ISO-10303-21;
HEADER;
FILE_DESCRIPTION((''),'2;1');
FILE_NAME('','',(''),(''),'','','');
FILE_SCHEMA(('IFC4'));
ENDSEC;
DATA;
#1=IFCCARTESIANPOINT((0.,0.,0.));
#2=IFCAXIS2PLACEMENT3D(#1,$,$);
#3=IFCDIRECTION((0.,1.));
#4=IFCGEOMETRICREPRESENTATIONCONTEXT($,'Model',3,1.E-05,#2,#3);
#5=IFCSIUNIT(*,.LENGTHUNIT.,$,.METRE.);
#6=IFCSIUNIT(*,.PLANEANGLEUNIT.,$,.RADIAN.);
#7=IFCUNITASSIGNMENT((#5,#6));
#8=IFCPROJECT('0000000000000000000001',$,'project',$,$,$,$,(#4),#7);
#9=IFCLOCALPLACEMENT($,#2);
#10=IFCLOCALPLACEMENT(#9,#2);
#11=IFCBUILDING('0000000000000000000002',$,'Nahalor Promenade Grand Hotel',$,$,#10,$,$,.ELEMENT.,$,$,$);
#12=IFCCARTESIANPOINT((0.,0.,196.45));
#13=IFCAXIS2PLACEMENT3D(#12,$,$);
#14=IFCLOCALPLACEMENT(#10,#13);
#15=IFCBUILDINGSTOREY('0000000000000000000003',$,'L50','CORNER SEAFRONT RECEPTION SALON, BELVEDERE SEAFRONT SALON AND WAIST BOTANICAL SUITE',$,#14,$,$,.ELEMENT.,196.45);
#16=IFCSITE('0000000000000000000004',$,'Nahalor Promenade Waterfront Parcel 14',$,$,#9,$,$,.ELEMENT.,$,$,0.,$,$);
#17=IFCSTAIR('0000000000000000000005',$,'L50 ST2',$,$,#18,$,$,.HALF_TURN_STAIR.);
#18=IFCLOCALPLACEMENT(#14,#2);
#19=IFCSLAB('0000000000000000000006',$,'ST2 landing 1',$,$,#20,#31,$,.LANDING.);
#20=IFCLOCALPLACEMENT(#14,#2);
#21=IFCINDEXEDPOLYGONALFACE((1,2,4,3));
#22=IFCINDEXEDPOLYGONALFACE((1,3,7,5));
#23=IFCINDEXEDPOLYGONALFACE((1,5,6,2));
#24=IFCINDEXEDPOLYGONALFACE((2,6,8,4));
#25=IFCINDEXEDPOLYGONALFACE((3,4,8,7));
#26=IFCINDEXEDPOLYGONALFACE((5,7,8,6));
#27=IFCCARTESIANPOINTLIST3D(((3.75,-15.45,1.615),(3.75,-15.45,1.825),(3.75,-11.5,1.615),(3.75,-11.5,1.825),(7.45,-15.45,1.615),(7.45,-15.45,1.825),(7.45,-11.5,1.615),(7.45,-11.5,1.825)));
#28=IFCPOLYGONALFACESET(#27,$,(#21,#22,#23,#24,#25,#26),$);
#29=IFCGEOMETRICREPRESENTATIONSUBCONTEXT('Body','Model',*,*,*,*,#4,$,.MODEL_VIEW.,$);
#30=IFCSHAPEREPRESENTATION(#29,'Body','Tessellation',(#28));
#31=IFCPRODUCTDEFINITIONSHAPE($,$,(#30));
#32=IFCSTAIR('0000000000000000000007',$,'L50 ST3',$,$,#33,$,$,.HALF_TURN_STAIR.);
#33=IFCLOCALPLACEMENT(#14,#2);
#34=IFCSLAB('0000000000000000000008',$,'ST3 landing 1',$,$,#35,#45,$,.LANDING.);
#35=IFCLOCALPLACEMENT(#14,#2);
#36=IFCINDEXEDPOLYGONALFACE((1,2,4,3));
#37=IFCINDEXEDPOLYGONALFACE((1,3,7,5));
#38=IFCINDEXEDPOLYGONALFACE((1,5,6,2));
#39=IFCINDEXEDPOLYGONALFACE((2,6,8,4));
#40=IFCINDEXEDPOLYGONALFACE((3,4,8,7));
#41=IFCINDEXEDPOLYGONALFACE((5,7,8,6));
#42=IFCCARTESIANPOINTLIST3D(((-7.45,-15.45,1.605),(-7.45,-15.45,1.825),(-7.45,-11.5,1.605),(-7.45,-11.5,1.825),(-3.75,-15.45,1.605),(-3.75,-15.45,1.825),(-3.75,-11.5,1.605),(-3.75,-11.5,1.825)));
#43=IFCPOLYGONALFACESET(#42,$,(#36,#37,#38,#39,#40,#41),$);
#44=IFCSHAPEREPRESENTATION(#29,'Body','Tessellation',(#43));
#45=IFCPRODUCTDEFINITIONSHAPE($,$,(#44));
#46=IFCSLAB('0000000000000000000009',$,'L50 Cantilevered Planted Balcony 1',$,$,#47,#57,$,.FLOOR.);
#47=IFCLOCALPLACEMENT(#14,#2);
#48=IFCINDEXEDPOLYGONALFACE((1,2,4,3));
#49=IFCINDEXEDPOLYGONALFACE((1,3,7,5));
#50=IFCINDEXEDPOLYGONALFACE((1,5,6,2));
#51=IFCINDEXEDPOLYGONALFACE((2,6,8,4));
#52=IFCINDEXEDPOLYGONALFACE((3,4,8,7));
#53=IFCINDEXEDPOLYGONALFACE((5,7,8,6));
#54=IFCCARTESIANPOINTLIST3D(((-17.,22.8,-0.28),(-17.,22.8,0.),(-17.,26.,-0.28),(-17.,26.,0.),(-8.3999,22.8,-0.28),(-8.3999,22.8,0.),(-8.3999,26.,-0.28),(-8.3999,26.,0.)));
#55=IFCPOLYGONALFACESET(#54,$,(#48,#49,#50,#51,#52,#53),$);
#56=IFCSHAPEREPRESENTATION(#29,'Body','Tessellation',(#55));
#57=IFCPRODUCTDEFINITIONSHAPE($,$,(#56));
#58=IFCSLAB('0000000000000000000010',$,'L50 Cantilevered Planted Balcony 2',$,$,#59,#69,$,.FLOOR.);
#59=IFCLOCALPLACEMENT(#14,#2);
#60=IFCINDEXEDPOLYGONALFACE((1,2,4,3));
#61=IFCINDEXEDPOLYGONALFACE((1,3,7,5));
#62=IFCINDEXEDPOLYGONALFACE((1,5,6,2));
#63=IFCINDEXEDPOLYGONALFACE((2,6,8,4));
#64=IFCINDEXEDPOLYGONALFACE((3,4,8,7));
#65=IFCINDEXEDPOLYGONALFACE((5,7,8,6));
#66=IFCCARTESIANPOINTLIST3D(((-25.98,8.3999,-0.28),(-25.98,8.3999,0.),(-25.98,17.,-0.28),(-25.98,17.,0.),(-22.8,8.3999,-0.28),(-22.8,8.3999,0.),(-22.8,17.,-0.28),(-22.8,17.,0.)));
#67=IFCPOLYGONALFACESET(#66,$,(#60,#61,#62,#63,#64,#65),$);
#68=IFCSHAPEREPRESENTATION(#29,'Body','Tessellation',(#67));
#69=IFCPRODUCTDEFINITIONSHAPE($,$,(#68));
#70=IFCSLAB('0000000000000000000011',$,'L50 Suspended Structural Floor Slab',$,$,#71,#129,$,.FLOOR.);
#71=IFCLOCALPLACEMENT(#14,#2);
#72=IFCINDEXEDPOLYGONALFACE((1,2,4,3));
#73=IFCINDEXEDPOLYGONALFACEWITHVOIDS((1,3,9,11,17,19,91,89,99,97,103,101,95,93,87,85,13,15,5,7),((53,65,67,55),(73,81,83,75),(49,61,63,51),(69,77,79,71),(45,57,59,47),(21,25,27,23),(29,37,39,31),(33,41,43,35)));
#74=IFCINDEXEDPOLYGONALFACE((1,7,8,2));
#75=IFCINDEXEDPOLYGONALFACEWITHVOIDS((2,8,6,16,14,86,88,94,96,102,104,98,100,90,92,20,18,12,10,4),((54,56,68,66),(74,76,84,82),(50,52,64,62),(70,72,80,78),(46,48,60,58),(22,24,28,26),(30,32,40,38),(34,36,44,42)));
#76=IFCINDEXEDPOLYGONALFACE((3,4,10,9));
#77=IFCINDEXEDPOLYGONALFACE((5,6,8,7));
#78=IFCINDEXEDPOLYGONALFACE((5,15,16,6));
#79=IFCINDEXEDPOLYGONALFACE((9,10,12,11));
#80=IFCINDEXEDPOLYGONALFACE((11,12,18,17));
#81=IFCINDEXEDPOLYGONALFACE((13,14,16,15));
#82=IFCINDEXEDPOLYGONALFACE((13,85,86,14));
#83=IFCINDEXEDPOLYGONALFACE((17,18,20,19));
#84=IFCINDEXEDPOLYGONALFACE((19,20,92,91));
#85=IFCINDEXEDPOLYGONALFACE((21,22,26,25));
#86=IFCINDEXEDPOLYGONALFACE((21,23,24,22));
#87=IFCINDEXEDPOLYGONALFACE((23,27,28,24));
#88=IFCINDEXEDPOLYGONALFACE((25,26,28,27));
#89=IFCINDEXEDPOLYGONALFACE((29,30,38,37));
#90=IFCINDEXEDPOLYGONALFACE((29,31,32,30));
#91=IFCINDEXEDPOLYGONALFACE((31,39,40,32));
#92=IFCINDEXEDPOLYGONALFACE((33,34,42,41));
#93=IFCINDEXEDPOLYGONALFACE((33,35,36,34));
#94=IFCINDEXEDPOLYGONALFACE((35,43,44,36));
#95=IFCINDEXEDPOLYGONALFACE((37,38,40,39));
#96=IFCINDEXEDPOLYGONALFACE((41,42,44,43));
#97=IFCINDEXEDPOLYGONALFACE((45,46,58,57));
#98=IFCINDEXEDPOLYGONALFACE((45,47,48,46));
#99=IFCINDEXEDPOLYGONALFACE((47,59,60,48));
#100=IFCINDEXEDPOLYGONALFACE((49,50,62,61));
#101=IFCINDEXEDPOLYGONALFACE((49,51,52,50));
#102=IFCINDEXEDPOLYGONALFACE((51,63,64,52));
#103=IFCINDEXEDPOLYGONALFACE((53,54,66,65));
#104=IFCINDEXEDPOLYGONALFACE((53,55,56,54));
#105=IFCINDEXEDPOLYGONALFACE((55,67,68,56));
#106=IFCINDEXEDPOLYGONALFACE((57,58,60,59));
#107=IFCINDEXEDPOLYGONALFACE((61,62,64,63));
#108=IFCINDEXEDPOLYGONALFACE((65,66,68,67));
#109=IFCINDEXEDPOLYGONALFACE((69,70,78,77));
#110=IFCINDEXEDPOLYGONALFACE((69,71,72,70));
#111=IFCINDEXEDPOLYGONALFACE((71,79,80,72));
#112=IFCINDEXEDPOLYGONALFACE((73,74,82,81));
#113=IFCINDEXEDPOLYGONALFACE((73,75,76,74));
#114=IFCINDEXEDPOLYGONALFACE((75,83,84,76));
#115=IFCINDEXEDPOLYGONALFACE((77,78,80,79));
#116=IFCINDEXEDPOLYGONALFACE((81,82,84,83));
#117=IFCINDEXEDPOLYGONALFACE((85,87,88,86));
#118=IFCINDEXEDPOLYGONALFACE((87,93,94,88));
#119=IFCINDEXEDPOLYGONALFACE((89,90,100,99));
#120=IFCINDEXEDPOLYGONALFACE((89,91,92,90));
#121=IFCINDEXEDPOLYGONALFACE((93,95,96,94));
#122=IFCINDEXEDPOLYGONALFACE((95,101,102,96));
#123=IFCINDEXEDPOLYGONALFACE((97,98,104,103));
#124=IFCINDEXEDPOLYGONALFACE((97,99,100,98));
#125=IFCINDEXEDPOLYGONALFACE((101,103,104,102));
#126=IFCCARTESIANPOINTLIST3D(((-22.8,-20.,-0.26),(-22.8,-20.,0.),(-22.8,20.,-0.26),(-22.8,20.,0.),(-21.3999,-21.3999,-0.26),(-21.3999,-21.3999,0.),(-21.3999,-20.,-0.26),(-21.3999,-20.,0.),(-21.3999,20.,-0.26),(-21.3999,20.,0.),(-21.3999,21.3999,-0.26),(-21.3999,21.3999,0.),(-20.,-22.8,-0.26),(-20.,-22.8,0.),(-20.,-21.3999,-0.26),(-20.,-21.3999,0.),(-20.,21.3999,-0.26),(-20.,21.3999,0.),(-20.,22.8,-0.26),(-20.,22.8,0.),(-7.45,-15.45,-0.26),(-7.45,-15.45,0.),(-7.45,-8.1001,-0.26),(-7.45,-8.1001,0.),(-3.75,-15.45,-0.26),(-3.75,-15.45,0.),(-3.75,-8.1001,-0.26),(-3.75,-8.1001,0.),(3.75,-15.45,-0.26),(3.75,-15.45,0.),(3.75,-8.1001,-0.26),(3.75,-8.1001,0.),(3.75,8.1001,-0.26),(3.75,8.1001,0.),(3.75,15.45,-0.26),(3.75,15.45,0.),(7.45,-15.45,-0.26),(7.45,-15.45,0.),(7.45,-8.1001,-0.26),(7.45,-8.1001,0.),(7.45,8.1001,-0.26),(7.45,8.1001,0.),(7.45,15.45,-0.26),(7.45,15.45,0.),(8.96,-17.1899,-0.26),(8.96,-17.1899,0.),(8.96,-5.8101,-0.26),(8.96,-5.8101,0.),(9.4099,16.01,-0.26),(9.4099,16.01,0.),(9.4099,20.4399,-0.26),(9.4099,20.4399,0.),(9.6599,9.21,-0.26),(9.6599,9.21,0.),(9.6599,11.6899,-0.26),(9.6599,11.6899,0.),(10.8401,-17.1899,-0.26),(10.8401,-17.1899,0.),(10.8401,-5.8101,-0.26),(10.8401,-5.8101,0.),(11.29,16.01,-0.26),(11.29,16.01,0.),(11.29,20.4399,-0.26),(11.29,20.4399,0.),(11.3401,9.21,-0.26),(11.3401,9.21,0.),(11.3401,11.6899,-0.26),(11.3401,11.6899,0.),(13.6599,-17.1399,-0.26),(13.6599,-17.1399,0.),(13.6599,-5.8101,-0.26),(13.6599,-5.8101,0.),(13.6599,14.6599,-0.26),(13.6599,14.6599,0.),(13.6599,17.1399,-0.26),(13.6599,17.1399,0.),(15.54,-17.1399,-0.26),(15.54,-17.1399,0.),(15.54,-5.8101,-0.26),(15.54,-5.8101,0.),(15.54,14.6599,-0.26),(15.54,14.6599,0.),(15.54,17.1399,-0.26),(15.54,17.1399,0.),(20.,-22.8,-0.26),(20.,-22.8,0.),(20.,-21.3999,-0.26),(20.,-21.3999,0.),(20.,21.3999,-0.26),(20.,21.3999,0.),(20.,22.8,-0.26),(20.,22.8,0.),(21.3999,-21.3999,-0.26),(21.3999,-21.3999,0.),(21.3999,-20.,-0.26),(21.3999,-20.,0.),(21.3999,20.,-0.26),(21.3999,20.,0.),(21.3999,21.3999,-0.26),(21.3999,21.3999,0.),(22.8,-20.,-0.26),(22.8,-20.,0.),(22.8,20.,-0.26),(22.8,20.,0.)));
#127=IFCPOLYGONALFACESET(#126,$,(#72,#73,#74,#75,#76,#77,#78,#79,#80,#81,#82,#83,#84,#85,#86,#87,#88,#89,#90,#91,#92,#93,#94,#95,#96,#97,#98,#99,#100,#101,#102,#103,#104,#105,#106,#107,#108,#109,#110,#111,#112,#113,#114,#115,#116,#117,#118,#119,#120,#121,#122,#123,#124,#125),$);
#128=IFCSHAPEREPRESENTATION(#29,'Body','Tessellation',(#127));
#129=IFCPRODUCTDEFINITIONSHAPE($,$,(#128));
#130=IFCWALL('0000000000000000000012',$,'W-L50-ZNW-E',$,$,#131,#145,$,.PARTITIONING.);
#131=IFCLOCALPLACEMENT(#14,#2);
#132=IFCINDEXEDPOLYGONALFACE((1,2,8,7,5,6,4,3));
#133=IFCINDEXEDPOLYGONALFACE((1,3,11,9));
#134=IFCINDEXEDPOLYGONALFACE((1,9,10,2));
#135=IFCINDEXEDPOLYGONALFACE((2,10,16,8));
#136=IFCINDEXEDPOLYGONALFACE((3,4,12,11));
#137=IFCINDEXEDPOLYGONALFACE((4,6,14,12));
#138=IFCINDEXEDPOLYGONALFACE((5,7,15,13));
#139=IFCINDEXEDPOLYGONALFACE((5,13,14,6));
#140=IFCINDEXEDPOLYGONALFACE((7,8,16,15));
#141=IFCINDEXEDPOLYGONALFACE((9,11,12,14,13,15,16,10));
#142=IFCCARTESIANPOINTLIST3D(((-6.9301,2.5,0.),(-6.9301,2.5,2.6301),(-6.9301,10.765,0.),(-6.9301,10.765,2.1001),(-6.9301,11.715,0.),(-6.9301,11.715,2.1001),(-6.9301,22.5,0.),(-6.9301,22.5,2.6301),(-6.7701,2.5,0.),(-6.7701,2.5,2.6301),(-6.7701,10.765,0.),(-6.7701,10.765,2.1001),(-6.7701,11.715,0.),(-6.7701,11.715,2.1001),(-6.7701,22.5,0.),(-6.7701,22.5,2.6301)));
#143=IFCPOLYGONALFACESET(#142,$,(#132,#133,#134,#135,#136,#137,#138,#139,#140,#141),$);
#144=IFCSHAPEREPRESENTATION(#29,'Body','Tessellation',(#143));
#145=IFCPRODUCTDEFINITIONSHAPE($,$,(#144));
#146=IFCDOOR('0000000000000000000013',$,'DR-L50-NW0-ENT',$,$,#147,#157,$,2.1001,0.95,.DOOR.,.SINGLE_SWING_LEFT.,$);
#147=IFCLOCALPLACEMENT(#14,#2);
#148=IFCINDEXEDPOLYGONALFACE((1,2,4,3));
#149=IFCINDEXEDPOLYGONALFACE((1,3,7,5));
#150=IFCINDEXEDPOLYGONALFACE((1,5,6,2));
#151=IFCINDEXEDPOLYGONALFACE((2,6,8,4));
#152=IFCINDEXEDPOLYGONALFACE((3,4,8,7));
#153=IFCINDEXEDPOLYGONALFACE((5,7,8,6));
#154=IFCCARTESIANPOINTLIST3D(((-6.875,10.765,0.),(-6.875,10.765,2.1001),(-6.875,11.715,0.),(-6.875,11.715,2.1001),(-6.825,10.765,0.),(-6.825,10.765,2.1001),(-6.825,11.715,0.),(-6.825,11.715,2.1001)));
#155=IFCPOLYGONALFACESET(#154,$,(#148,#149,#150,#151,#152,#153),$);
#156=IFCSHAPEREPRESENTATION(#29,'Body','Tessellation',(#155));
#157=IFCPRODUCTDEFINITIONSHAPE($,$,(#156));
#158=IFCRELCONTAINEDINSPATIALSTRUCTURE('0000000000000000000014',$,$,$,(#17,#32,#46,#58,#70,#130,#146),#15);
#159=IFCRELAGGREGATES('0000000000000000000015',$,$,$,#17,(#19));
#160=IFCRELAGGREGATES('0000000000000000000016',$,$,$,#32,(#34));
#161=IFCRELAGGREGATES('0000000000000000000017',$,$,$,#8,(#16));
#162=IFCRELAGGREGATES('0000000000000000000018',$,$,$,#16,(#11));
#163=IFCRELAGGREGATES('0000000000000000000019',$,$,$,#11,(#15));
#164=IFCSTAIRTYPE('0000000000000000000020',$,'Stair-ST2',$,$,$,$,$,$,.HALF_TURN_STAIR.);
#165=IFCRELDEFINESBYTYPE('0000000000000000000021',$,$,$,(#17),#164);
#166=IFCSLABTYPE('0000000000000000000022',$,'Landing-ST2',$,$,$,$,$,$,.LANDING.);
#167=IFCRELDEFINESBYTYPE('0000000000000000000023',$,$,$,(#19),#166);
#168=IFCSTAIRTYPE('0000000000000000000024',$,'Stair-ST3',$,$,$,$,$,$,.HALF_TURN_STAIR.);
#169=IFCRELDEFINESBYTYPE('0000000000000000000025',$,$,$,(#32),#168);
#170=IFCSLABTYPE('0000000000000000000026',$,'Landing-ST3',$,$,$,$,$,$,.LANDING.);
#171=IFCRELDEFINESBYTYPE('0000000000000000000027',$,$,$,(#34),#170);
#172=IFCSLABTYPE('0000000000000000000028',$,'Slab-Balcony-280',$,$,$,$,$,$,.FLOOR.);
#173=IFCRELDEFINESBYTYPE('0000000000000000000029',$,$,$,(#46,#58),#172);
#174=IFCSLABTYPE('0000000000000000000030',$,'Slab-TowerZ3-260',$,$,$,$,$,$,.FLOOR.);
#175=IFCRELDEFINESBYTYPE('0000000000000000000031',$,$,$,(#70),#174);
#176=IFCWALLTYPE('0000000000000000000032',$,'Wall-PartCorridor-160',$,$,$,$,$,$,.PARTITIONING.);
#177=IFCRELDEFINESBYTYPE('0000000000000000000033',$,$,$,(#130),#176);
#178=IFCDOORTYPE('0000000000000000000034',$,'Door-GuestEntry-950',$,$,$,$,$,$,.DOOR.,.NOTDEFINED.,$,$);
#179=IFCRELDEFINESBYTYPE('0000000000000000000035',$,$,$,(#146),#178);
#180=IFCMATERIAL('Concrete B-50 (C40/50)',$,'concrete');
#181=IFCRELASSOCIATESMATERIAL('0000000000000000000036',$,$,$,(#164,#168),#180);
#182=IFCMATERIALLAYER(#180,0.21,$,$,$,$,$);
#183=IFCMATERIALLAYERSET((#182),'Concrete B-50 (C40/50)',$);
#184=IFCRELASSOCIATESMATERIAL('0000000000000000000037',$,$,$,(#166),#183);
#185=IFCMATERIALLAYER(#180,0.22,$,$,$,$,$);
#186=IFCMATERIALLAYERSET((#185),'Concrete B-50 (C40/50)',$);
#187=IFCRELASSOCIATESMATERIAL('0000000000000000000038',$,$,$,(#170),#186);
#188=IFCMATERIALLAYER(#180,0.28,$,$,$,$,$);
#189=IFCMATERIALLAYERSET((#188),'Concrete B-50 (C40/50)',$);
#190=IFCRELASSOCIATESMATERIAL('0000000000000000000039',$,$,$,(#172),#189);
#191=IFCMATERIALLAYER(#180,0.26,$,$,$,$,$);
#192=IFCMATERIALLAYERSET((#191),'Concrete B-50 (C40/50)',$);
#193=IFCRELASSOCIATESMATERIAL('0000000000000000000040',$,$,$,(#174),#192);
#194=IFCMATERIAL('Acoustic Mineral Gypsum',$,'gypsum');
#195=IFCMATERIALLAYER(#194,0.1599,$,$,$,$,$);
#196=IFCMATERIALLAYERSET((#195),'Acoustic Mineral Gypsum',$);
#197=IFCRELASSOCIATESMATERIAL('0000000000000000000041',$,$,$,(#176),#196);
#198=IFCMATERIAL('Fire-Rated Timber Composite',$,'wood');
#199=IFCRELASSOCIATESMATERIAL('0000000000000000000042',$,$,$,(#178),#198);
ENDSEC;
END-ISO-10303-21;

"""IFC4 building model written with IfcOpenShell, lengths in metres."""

from ifc_helpers import new_model, si_unit, direction, frame, frame_2d, origin, place, context, subcontext, project, spatial, polyline, rectangle, outline, extrude, source, transform, mapped, material, layer, layer_set, type_object, element, fill, aggregate, save


model = new_model("IFC4")

# Units and contexts
model_context = context("Model", 3, precision=1e-05, world=origin(), true_north=direction((0.0, 1.0)))
body_context = subcontext(model_context, "Body", "Model", "MODEL_VIEW")
ifc_project = project(units=[si_unit("LENGTHUNIT", "METRE"), si_unit("PLANEANGLEUNIT", "RADIAN")], contexts=[model_context])

# Site, building, storey
site_placement = place(None, origin())
site = spatial("IfcSite", under=ifc_project, at=site_placement, Name="Nahalor Promenade Waterfront Parcel 14", CompositionType="ELEMENT", RefElevation=0.0)
building_placement = place(site_placement, origin())
building = spatial("IfcBuilding", under=site, at=building_placement, Name="Nahalor Promenade Grand Hotel", CompositionType="ELEMENT")
storey_placement = place(building_placement, frame((0.0, 0.0, 196.45)))
storey = spatial("IfcBuildingStorey", under=building, at=storey_placement, Name="L50", Description="CORNER SEAFRONT RECEPTION SALON, BELVEDERE SEAFRONT SALON AND WAIST BOTANICAL SUITE", CompositionType="ELEMENT", Elevation=196.45)

# Stairs, slabs
ifc_material_1 = material(Name="Concrete B-50 (C40/50)", Category="concrete")
stair_type_1 = type_object("IfcStairType", Name="Stair-ST2", PredefinedType="HALF_TURN_STAIR", material=ifc_material_1)
stair_1_placement = place(storey_placement, origin())
stair_1 = element("IfcStair", 1, at=stair_1_placement, inside=storey, type_object=stair_type_1, Name="L50 ST2", PredefinedType="HALF_TURN_STAIR")
ifc_layer_1 = layer(ifc_material_1, 0.21)
ifc_layer_set_1 = layer_set([ifc_layer_1], Name="Concrete B-50 (C40/50)")
slab_type_1 = type_object("IfcSlabType", Name="Landing-ST2", PredefinedType="LANDING", material=ifc_layer_set_1)
slab_1_placement = place(storey_placement, frame((0.0, 0.0, 1.615)))
slab_1 = element("IfcSlab", 2, at=slab_1_placement, type_object=slab_type_1, Name="ST2 landing 1", PredefinedType="LANDING", context=body_context, shape_type="SweptSolid", body=[
    extrude(outline(polyline([(3.75, -11.5), (3.75, -15.45), (7.45, -15.45), (7.45, -11.5), (3.75, -11.5)])), origin(), (0.0, 0.0, 1.0), 0.21),
])
aggregate(stair_1, [slab_1])
stair_type_2 = type_object("IfcStairType", Name="Stair-ST3", PredefinedType="HALF_TURN_STAIR", material=ifc_material_1)
stair_2_placement = place(storey_placement, origin())
stair_2 = element("IfcStair", 3, at=stair_2_placement, inside=storey, type_object=stair_type_2, Name="L50 ST3", PredefinedType="HALF_TURN_STAIR")
ifc_layer_2 = layer(ifc_material_1, 0.22)
ifc_layer_set_2 = layer_set([ifc_layer_2], Name="Concrete B-50 (C40/50)")
slab_type_2 = type_object("IfcSlabType", Name="Landing-ST3", PredefinedType="LANDING", material=ifc_layer_set_2)
slab_2_placement = place(storey_placement, frame((0.0, 0.0, 1.605)))
slab_2 = element("IfcSlab", 4, at=slab_2_placement, type_object=slab_type_2, Name="ST3 landing 1", PredefinedType="LANDING", context=body_context, shape_type="SweptSolid", body=[
    extrude(outline(polyline([(-7.45, -11.5), (-7.45, -15.45), (-3.75, -15.45), (-3.75, -11.5), (-7.45, -11.5)])), origin(), (0.0, 0.0, 1.0), 0.22),
])
aggregate(stair_2, [slab_2])

# Slabs
ifc_layer_3 = layer(ifc_material_1, 0.28)
ifc_layer_set_3 = layer_set([ifc_layer_3], Name="Concrete B-50 (C40/50)")
slab_type_3 = type_object("IfcSlabType", Name="Slab-Balcony-280", PredefinedType="FLOOR", material=ifc_layer_set_3)
slab_3_placement = place(storey_placement, frame((0.0, 0.0, -0.28)))
element("IfcSlab", 5, at=slab_3_placement, inside=storey, type_object=slab_type_3, Name="L50 Cantilevered Planted Balcony 1", PredefinedType="FLOOR", context=body_context, shape_type="SweptSolid", body=[
    extrude(outline(polyline([(-17.0, 22.8), (-8.3999, 22.8), (-8.3999, 26.0), (-17.0, 26.0), (-17.0, 22.8)])), origin(), (0.0, 0.0, 1.0), 0.28),
])
slab_4_placement = place(storey_placement, frame((0.0, 0.0, -0.28)))
element("IfcSlab", 6, at=slab_4_placement, inside=storey, type_object=slab_type_3, Name="L50 Cantilevered Planted Balcony 2", PredefinedType="FLOOR", context=body_context, shape_type="SweptSolid", body=[
    extrude(outline(polyline([(-25.98, 8.3999), (-22.8, 8.3999), (-22.8, 17.0), (-25.98, 17.0), (-25.98, 8.3999)])), origin(), (0.0, 0.0, 1.0), 0.28),
])
ifc_layer_4 = layer(ifc_material_1, 0.26)
ifc_layer_set_4 = layer_set([ifc_layer_4], Name="Concrete B-50 (C40/50)")
slab_type_4 = type_object("IfcSlabType", Name="Slab-TowerZ3-260", PredefinedType="FLOOR", material=ifc_layer_set_4)
slab_5_placement = place(storey_placement, frame((0.0, 0.0, -0.26)))
element("IfcSlab", 7, at=slab_5_placement, inside=storey, type_object=slab_type_4, Name="L50 Suspended Structural Floor Slab", PredefinedType="FLOOR", context=body_context, shape_type="SweptSolid", body=[
    extrude(outline(polyline([(-20.0, -22.8), (20.0, -22.8), (20.0, -21.3999), (21.3999, -21.3999), (21.3999, -20.0), (22.8, -20.0), (22.8, 20.0), (21.3999, 20.0), (21.3999, 21.3999), (20.0, 21.3999), (20.0, 22.8), (-20.0, 22.8), (-20.0, 21.3999), (-21.3999, 21.3999), (-21.3999, 20.0), (-22.8, 20.0), (-22.8, -20.0), (-21.3999, -20.0), (-21.3999, -21.3999), (-20.0, -21.3999), (-20.0, -22.8)]), holes=[polyline([(3.75, 8.1001), (7.45, 8.1001), (7.45, 15.45), (3.75, 15.45), (3.75, 8.1001)]), polyline([(3.75, -15.45), (7.45, -15.45), (7.45, -8.1001), (3.75, -8.1001), (3.75, -15.45)]), polyline([(-7.45, -15.45), (-3.75, -15.45), (-3.75, -8.1001), (-7.45, -8.1001), (-7.45, -15.45)]), polyline([(13.6599, -17.1399), (15.54, -17.1399), (15.54, -5.8101), (13.6599, -5.8101), (13.6599, -17.1399)]), polyline([(8.96, -17.1899), (10.8401, -17.1899), (10.8401, -5.8101), (8.96, -5.8101), (8.96, -17.1899)]), polyline([(9.4099, 16.01), (11.29, 16.01), (11.29, 20.4399), (9.4099, 20.4399), (9.4099, 16.01)]), polyline([(9.6599, 9.21), (11.3401, 9.21), (11.3401, 11.6899), (9.6599, 11.6899), (9.6599, 9.21)]), polyline([(13.6599, 14.6599), (15.54, 14.6599), (15.54, 17.1399), (13.6599, 17.1399), (13.6599, 14.6599)])]), origin(), (0.0, 0.0, 1.0), 0.26),
])

# Wall, opening, door
ifc_material_2 = material(Name="Acoustic Mineral Gypsum", Category="gypsum")
ifc_layer_5 = layer(ifc_material_2, 0.1599)
ifc_layer_set_5 = layer_set([ifc_layer_5], Name="Acoustic Mineral Gypsum")
wall_type = type_object("IfcWallType", Name="Wall-PartCorridor-160", PredefinedType="PARTITIONING", material=ifc_layer_set_5)
shared_shape_1 = source(origin(), body_context, "Body", "SweptSolid", [
    extrude(rectangle(XDim=20.0, YDim=0.1599, at=frame_2d((10.0, 0.0))), origin(), (0.0, 0.0, 1.0), 2.6301),
])
wall_1_placement = place(storey_placement, frame((-6.8501, 2.5, 0.0), z_axis=(0.0, 0.0, 1.0), x_axis=(0.0, 1.0, 0.0)))
wall_1 = element("IfcWall", 8, at=wall_1_placement, inside=storey, type_object=wall_type, Name="W-L50-ZNW-E", PredefinedType="PARTITIONING", context=body_context, shape_type="MappedRepresentation", body=[
    mapped(shared_shape_1, transform((0.0, 0.0, 0.0), scale=1.0)),
])
opening_1_placement = place(wall_1_placement, frame((8.2649, 0.0, 0.0)))
opening_1 = element("IfcOpeningElement", 9, at=opening_1_placement, cuts=wall_1, PredefinedType="OPENING", context=body_context, shape_type="SweptSolid", body=[
    extrude(rectangle(XDim=0.95, YDim=2.1001, at=frame_2d((0.4751, 1.05))), frame((0.0, 0.0898, 0.0), z_axis=(0.0, -1.0, 0.0), x_axis=(1.0, 0.0, 0.0)), (0.0, 0.0, 1.0), 0.1799),
])
ifc_material_3 = material(Name="Fire-Rated Timber Composite", Category="wood")
door_type_1 = type_object("IfcDoorType", Name="Door-GuestEntry-950", OperationType="NOTDEFINED", PredefinedType="DOOR", material=ifc_material_3)
shared_shape_2 = source(origin(), body_context, "Body", "SweptSolid", [
    extrude(rectangle(XDim=0.95, YDim=2.1001, at=frame_2d((0.4751, 1.05))), frame((0.0, 0.0249, 0.0), z_axis=(0.0, -1.0, 0.0), x_axis=(1.0, 0.0, 0.0)), (0.0, 0.0, 1.0), 0.05),
])
door_1_placement = place(opening_1_placement, origin())
door_1 = element("IfcDoor", 10, at=door_1_placement, inside=storey, type_object=door_type_1, Name="DR-L50-NW0-ENT", OperationType="SINGLE_SWING_LEFT", OverallHeight=2.1001, OverallWidth=0.95, PredefinedType="DOOR", context=body_context, shape_type="MappedRepresentation", body=[
    mapped(shared_shape_2, transform((0.0, 0.0, 0.0), scale=1.0)),
])
fill(opening_1, door_1)

save(model, "model.ifc")
